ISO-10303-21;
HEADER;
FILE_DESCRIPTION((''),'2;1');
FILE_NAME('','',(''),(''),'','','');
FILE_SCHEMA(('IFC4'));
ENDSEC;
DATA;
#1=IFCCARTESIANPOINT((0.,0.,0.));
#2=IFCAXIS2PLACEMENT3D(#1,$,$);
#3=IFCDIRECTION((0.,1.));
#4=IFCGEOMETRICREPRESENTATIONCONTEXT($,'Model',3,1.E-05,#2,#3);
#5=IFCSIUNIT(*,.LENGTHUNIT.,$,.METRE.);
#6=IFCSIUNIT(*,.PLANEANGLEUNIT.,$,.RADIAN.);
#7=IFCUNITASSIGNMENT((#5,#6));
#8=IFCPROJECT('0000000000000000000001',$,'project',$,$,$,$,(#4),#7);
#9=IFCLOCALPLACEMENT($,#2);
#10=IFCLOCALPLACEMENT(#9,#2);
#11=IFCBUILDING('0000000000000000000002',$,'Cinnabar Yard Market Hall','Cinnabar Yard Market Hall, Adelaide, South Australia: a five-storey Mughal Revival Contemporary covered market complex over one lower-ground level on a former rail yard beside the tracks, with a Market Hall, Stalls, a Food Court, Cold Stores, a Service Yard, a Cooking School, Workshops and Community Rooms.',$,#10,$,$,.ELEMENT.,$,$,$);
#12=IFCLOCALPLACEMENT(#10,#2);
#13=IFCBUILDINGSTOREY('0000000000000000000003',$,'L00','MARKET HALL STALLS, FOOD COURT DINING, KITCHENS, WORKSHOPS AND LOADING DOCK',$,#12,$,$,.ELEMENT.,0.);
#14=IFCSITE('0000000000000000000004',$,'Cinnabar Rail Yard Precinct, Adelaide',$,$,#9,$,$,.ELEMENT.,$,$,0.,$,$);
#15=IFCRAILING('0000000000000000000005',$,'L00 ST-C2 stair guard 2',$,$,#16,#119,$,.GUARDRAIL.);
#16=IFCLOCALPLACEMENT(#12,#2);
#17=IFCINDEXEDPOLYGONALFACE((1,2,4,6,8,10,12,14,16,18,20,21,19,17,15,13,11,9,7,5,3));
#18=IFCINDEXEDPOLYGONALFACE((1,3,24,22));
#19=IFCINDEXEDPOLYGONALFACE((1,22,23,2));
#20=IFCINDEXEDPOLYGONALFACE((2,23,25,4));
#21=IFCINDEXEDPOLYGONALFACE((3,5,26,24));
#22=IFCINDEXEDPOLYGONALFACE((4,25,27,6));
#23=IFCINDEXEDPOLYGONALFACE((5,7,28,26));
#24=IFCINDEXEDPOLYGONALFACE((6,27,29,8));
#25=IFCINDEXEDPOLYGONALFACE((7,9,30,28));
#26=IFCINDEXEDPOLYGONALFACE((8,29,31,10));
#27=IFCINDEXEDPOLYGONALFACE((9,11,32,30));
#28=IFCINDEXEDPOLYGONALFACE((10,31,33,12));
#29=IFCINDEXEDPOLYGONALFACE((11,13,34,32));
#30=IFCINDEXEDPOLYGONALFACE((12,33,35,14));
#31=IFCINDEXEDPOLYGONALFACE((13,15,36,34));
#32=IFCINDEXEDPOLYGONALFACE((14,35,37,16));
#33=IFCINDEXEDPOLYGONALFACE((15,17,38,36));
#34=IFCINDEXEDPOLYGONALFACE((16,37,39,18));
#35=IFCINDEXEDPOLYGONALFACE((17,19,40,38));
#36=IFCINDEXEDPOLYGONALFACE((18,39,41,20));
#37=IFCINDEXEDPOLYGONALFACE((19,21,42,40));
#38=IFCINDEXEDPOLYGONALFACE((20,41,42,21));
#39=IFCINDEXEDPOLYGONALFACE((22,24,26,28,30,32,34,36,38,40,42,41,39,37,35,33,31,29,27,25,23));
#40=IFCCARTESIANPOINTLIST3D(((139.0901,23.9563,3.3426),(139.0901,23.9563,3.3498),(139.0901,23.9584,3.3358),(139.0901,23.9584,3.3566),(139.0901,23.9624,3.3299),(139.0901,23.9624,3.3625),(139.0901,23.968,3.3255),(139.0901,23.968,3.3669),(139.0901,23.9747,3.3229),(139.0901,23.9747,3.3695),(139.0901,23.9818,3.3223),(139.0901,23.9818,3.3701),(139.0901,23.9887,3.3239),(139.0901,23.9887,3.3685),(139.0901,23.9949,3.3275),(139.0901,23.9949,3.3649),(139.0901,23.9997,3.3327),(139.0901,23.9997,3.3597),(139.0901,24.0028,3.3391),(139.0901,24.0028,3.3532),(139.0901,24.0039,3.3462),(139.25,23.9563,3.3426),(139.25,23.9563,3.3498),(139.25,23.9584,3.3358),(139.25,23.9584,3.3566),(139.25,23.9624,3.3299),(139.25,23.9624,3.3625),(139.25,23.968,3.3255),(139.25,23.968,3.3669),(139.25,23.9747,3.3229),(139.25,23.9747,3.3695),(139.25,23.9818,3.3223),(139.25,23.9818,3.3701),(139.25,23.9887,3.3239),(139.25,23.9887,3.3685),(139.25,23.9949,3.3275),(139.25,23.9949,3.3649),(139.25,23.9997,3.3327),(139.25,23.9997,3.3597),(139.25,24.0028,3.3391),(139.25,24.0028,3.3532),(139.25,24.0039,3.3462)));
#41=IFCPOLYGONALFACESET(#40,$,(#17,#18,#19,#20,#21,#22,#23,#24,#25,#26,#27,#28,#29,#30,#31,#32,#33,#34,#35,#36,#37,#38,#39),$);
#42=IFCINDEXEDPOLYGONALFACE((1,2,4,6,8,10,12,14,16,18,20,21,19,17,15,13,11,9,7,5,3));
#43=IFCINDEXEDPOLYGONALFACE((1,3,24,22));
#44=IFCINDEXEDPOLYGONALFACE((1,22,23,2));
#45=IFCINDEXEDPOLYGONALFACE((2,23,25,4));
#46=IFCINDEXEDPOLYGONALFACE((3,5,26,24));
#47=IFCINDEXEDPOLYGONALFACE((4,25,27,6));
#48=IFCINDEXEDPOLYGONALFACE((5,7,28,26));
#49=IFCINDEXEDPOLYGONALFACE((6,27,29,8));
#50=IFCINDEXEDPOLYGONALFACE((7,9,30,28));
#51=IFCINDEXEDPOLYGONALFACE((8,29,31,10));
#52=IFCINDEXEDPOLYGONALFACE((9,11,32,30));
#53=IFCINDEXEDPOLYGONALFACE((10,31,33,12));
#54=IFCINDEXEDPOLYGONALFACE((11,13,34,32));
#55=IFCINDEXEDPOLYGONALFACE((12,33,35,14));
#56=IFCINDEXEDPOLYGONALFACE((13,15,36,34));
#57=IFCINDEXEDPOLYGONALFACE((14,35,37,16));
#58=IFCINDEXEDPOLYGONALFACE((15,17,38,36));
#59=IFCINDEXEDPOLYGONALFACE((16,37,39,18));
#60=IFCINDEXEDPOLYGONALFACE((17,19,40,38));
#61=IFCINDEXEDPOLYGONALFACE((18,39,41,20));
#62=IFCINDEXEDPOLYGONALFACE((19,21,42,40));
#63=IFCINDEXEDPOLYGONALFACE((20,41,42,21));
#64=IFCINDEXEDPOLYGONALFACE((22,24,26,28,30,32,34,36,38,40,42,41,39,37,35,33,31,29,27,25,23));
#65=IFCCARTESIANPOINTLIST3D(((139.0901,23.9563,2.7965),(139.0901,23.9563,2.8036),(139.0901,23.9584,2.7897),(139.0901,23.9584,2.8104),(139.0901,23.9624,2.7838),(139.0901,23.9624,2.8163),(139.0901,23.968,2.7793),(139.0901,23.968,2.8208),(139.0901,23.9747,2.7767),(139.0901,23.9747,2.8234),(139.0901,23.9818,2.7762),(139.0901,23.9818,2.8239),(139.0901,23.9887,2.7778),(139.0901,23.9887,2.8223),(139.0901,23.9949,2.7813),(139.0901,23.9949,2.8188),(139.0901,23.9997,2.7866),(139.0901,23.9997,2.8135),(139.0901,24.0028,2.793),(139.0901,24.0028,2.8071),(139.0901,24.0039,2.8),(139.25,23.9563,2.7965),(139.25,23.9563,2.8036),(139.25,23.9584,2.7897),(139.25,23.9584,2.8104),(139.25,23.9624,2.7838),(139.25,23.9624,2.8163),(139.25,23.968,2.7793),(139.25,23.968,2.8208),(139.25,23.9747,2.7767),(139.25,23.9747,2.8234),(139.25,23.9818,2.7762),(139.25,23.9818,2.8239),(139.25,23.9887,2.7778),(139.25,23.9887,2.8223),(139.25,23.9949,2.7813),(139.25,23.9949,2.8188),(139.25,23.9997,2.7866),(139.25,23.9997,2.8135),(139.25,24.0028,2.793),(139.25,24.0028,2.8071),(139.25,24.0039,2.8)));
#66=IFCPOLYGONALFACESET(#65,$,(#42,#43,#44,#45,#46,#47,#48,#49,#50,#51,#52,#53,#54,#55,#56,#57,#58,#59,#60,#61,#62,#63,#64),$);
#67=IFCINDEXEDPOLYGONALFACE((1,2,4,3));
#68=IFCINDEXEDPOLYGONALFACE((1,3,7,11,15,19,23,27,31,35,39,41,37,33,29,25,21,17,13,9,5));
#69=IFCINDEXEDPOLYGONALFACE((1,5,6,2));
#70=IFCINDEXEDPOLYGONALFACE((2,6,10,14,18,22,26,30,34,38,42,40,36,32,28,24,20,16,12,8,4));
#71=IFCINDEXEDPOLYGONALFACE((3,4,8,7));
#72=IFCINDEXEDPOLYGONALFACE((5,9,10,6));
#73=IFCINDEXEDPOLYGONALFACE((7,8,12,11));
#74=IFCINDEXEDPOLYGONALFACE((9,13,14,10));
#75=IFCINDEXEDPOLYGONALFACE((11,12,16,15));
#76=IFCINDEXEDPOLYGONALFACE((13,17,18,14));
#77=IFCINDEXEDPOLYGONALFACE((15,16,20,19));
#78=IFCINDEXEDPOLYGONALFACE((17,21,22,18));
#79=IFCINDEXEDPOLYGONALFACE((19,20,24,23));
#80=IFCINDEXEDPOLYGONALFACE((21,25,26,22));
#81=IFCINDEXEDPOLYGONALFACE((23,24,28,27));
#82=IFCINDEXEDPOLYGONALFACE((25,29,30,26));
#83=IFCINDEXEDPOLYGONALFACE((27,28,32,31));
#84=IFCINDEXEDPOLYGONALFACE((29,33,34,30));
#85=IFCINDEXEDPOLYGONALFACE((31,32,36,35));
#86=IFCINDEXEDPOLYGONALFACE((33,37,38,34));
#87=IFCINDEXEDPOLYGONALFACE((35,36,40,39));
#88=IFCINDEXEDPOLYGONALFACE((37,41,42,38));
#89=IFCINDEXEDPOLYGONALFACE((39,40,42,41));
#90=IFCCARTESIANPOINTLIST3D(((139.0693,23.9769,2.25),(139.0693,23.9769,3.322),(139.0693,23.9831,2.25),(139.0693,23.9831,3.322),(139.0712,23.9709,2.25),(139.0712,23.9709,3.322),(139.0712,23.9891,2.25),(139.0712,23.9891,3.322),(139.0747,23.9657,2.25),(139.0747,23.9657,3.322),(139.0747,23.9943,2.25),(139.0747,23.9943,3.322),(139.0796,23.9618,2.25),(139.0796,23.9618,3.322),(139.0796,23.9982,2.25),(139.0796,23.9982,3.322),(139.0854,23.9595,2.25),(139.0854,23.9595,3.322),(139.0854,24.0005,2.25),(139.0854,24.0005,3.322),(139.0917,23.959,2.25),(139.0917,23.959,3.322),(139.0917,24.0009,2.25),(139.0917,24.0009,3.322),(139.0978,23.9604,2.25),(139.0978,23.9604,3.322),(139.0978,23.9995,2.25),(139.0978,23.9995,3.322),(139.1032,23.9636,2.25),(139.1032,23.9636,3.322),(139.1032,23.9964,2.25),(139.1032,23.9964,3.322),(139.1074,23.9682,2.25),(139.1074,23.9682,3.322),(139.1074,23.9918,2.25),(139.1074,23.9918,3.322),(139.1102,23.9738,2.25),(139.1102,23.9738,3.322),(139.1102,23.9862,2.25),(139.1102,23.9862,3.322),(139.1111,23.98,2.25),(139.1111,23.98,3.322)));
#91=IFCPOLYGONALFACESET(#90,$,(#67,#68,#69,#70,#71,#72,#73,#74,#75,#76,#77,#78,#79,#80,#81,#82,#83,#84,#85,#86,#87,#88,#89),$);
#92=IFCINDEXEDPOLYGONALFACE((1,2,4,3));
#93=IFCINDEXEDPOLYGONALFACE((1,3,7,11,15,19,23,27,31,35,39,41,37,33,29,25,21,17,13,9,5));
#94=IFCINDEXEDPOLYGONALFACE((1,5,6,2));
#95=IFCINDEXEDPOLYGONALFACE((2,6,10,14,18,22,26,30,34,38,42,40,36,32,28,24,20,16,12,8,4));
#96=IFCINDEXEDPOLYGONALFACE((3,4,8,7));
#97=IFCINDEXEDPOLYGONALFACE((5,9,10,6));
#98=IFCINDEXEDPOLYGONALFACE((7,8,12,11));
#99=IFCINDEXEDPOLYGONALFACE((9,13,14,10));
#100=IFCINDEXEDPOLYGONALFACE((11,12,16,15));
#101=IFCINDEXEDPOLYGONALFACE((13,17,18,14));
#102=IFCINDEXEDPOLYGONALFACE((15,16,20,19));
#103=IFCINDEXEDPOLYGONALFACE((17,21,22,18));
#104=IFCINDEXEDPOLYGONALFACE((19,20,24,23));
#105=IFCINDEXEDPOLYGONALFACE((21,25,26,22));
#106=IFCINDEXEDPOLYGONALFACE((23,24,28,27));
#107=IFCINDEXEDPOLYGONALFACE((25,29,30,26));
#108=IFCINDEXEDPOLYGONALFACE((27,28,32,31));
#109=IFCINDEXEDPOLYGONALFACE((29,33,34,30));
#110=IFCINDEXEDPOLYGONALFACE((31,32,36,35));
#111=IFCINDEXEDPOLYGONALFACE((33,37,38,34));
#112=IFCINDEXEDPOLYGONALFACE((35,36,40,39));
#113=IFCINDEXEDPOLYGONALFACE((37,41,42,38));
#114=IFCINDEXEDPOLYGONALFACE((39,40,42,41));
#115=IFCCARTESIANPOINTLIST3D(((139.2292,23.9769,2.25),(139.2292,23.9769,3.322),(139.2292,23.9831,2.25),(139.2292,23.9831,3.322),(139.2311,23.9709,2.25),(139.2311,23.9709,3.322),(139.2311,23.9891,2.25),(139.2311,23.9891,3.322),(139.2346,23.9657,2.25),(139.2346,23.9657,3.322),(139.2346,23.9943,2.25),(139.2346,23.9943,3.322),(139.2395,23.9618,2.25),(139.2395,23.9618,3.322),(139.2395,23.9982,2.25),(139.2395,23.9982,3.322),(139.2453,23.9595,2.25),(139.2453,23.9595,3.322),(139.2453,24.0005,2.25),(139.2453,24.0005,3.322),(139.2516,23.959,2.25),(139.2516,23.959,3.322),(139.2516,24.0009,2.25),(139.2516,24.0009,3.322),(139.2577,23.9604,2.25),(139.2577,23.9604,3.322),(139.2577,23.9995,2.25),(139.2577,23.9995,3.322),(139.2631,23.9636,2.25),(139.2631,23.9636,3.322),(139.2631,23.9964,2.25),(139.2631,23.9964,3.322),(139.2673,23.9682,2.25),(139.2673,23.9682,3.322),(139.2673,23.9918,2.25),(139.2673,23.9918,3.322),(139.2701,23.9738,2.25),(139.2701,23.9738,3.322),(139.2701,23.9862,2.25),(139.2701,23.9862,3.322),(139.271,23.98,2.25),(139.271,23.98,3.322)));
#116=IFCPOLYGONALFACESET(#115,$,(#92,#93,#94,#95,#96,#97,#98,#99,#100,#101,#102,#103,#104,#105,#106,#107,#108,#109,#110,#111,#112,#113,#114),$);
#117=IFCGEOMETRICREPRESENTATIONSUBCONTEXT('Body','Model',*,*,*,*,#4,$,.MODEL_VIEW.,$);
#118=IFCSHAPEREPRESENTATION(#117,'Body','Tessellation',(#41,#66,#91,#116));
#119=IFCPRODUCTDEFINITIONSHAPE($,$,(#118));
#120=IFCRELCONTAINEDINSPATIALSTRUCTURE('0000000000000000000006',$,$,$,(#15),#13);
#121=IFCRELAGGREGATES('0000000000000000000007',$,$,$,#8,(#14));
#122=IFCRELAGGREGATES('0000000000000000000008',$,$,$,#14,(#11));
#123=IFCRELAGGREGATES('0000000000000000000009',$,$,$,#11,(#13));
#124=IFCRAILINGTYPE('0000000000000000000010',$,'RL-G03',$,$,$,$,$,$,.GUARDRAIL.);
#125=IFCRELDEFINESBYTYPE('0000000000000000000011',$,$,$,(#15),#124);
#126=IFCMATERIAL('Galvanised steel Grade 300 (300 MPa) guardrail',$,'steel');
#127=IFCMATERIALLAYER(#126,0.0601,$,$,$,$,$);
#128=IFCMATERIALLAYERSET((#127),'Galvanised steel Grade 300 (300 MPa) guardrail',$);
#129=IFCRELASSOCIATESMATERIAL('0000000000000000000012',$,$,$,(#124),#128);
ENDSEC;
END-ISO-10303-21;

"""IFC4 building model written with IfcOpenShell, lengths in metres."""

from ifc_helpers import new_model, si_unit, direction, frame, origin, origin_2d_with_axis, place, context, subcontext, project, spatial, circle, extrude, material, layer, layer_set, type_object, element, save


model = new_model("IFC4")

# Units and contexts
model_context = context("Model", 3, precision=1e-05, world=origin(), true_north=direction((0.0, 1.0)))
body_context = subcontext(model_context, "Body", "Model", "MODEL_VIEW")
ifc_project = project(units=[si_unit("LENGTHUNIT", "METRE"), si_unit("PLANEANGLEUNIT", "RADIAN")], contexts=[model_context])

# Site, building, storey
site_placement = place(None, origin())
site = spatial("IfcSite", under=ifc_project, at=site_placement, Name="Cinnabar Rail Yard Precinct, Adelaide", CompositionType="ELEMENT", RefElevation=0.0)
building_placement = place(site_placement, origin())
building = spatial("IfcBuilding", under=site, at=building_placement, Name="Cinnabar Yard Market Hall", Description="Cinnabar Yard Market Hall, Adelaide, South Australia: a five-storey Mughal Revival Contemporary covered market complex over one lower-ground level on a former rail yard beside the tracks, with a Market Hall, Stalls, a Food Court, Cold Stores, a Service Yard, a Cooking School, Workshops and Community Rooms.", CompositionType="ELEMENT")
storey_placement = place(building_placement, origin())
storey = spatial("IfcBuildingStorey", under=building, at=storey_placement, Name="L00", Description="MARKET HALL STALLS, FOOD COURT DINING, KITCHENS, WORKSHOPS AND LOADING DOCK", CompositionType="ELEMENT", Elevation=0.0)

# Railing
ifc_material_1 = material(Name="Galvanised steel Grade 300 (300 MPa) guardrail", Category="steel")
ifc_layer_1 = layer(ifc_material_1, 0.0601)
ifc_layer_set_1 = layer_set([ifc_layer_1], Name="Galvanised steel Grade 300 (300 MPa) guardrail")
railing_type_1 = type_object("IfcRailingType", Name="RL-G03", PredefinedType="GUARDRAIL", material=ifc_layer_set_1)
railing_1_placement = place(storey_placement, frame((139.0901, 23.98, 2.25)))
element("IfcRailing", 1, at=railing_1_placement, inside=storey, type_object=railing_type_1, Name="L00 ST-C2 stair guard 2", PredefinedType="GUARDRAIL", context=body_context, shape_type="SweptSolid", body=[
    extrude(circle(Radius=0.0239, at=origin_2d_with_axis()), frame((0.0, 0.0, 1.0962), z_axis=(1.0, 0.0, 0.0), x_axis=(0.0, 1.0, 0.0)), (0.0, 0.0, 1.0), 0.1599),
    extrude(circle(Radius=0.0239, at=origin_2d_with_axis()), frame((0.0, 0.0, 0.55), z_axis=(1.0, 0.0, 0.0), x_axis=(0.0, 1.0, 0.0)), (0.0, 0.0, 1.0), 0.1599),
    extrude(circle(Radius=0.021, at=origin_2d_with_axis()), origin(), (0.0, 0.0, 1.0), 1.072),
    extrude(circle(Radius=0.021, at=origin_2d_with_axis()), frame((0.1599, 0.0, 0.0)), (0.0, 0.0, 1.0), 1.072),
])

save(model, "model.ifc")
